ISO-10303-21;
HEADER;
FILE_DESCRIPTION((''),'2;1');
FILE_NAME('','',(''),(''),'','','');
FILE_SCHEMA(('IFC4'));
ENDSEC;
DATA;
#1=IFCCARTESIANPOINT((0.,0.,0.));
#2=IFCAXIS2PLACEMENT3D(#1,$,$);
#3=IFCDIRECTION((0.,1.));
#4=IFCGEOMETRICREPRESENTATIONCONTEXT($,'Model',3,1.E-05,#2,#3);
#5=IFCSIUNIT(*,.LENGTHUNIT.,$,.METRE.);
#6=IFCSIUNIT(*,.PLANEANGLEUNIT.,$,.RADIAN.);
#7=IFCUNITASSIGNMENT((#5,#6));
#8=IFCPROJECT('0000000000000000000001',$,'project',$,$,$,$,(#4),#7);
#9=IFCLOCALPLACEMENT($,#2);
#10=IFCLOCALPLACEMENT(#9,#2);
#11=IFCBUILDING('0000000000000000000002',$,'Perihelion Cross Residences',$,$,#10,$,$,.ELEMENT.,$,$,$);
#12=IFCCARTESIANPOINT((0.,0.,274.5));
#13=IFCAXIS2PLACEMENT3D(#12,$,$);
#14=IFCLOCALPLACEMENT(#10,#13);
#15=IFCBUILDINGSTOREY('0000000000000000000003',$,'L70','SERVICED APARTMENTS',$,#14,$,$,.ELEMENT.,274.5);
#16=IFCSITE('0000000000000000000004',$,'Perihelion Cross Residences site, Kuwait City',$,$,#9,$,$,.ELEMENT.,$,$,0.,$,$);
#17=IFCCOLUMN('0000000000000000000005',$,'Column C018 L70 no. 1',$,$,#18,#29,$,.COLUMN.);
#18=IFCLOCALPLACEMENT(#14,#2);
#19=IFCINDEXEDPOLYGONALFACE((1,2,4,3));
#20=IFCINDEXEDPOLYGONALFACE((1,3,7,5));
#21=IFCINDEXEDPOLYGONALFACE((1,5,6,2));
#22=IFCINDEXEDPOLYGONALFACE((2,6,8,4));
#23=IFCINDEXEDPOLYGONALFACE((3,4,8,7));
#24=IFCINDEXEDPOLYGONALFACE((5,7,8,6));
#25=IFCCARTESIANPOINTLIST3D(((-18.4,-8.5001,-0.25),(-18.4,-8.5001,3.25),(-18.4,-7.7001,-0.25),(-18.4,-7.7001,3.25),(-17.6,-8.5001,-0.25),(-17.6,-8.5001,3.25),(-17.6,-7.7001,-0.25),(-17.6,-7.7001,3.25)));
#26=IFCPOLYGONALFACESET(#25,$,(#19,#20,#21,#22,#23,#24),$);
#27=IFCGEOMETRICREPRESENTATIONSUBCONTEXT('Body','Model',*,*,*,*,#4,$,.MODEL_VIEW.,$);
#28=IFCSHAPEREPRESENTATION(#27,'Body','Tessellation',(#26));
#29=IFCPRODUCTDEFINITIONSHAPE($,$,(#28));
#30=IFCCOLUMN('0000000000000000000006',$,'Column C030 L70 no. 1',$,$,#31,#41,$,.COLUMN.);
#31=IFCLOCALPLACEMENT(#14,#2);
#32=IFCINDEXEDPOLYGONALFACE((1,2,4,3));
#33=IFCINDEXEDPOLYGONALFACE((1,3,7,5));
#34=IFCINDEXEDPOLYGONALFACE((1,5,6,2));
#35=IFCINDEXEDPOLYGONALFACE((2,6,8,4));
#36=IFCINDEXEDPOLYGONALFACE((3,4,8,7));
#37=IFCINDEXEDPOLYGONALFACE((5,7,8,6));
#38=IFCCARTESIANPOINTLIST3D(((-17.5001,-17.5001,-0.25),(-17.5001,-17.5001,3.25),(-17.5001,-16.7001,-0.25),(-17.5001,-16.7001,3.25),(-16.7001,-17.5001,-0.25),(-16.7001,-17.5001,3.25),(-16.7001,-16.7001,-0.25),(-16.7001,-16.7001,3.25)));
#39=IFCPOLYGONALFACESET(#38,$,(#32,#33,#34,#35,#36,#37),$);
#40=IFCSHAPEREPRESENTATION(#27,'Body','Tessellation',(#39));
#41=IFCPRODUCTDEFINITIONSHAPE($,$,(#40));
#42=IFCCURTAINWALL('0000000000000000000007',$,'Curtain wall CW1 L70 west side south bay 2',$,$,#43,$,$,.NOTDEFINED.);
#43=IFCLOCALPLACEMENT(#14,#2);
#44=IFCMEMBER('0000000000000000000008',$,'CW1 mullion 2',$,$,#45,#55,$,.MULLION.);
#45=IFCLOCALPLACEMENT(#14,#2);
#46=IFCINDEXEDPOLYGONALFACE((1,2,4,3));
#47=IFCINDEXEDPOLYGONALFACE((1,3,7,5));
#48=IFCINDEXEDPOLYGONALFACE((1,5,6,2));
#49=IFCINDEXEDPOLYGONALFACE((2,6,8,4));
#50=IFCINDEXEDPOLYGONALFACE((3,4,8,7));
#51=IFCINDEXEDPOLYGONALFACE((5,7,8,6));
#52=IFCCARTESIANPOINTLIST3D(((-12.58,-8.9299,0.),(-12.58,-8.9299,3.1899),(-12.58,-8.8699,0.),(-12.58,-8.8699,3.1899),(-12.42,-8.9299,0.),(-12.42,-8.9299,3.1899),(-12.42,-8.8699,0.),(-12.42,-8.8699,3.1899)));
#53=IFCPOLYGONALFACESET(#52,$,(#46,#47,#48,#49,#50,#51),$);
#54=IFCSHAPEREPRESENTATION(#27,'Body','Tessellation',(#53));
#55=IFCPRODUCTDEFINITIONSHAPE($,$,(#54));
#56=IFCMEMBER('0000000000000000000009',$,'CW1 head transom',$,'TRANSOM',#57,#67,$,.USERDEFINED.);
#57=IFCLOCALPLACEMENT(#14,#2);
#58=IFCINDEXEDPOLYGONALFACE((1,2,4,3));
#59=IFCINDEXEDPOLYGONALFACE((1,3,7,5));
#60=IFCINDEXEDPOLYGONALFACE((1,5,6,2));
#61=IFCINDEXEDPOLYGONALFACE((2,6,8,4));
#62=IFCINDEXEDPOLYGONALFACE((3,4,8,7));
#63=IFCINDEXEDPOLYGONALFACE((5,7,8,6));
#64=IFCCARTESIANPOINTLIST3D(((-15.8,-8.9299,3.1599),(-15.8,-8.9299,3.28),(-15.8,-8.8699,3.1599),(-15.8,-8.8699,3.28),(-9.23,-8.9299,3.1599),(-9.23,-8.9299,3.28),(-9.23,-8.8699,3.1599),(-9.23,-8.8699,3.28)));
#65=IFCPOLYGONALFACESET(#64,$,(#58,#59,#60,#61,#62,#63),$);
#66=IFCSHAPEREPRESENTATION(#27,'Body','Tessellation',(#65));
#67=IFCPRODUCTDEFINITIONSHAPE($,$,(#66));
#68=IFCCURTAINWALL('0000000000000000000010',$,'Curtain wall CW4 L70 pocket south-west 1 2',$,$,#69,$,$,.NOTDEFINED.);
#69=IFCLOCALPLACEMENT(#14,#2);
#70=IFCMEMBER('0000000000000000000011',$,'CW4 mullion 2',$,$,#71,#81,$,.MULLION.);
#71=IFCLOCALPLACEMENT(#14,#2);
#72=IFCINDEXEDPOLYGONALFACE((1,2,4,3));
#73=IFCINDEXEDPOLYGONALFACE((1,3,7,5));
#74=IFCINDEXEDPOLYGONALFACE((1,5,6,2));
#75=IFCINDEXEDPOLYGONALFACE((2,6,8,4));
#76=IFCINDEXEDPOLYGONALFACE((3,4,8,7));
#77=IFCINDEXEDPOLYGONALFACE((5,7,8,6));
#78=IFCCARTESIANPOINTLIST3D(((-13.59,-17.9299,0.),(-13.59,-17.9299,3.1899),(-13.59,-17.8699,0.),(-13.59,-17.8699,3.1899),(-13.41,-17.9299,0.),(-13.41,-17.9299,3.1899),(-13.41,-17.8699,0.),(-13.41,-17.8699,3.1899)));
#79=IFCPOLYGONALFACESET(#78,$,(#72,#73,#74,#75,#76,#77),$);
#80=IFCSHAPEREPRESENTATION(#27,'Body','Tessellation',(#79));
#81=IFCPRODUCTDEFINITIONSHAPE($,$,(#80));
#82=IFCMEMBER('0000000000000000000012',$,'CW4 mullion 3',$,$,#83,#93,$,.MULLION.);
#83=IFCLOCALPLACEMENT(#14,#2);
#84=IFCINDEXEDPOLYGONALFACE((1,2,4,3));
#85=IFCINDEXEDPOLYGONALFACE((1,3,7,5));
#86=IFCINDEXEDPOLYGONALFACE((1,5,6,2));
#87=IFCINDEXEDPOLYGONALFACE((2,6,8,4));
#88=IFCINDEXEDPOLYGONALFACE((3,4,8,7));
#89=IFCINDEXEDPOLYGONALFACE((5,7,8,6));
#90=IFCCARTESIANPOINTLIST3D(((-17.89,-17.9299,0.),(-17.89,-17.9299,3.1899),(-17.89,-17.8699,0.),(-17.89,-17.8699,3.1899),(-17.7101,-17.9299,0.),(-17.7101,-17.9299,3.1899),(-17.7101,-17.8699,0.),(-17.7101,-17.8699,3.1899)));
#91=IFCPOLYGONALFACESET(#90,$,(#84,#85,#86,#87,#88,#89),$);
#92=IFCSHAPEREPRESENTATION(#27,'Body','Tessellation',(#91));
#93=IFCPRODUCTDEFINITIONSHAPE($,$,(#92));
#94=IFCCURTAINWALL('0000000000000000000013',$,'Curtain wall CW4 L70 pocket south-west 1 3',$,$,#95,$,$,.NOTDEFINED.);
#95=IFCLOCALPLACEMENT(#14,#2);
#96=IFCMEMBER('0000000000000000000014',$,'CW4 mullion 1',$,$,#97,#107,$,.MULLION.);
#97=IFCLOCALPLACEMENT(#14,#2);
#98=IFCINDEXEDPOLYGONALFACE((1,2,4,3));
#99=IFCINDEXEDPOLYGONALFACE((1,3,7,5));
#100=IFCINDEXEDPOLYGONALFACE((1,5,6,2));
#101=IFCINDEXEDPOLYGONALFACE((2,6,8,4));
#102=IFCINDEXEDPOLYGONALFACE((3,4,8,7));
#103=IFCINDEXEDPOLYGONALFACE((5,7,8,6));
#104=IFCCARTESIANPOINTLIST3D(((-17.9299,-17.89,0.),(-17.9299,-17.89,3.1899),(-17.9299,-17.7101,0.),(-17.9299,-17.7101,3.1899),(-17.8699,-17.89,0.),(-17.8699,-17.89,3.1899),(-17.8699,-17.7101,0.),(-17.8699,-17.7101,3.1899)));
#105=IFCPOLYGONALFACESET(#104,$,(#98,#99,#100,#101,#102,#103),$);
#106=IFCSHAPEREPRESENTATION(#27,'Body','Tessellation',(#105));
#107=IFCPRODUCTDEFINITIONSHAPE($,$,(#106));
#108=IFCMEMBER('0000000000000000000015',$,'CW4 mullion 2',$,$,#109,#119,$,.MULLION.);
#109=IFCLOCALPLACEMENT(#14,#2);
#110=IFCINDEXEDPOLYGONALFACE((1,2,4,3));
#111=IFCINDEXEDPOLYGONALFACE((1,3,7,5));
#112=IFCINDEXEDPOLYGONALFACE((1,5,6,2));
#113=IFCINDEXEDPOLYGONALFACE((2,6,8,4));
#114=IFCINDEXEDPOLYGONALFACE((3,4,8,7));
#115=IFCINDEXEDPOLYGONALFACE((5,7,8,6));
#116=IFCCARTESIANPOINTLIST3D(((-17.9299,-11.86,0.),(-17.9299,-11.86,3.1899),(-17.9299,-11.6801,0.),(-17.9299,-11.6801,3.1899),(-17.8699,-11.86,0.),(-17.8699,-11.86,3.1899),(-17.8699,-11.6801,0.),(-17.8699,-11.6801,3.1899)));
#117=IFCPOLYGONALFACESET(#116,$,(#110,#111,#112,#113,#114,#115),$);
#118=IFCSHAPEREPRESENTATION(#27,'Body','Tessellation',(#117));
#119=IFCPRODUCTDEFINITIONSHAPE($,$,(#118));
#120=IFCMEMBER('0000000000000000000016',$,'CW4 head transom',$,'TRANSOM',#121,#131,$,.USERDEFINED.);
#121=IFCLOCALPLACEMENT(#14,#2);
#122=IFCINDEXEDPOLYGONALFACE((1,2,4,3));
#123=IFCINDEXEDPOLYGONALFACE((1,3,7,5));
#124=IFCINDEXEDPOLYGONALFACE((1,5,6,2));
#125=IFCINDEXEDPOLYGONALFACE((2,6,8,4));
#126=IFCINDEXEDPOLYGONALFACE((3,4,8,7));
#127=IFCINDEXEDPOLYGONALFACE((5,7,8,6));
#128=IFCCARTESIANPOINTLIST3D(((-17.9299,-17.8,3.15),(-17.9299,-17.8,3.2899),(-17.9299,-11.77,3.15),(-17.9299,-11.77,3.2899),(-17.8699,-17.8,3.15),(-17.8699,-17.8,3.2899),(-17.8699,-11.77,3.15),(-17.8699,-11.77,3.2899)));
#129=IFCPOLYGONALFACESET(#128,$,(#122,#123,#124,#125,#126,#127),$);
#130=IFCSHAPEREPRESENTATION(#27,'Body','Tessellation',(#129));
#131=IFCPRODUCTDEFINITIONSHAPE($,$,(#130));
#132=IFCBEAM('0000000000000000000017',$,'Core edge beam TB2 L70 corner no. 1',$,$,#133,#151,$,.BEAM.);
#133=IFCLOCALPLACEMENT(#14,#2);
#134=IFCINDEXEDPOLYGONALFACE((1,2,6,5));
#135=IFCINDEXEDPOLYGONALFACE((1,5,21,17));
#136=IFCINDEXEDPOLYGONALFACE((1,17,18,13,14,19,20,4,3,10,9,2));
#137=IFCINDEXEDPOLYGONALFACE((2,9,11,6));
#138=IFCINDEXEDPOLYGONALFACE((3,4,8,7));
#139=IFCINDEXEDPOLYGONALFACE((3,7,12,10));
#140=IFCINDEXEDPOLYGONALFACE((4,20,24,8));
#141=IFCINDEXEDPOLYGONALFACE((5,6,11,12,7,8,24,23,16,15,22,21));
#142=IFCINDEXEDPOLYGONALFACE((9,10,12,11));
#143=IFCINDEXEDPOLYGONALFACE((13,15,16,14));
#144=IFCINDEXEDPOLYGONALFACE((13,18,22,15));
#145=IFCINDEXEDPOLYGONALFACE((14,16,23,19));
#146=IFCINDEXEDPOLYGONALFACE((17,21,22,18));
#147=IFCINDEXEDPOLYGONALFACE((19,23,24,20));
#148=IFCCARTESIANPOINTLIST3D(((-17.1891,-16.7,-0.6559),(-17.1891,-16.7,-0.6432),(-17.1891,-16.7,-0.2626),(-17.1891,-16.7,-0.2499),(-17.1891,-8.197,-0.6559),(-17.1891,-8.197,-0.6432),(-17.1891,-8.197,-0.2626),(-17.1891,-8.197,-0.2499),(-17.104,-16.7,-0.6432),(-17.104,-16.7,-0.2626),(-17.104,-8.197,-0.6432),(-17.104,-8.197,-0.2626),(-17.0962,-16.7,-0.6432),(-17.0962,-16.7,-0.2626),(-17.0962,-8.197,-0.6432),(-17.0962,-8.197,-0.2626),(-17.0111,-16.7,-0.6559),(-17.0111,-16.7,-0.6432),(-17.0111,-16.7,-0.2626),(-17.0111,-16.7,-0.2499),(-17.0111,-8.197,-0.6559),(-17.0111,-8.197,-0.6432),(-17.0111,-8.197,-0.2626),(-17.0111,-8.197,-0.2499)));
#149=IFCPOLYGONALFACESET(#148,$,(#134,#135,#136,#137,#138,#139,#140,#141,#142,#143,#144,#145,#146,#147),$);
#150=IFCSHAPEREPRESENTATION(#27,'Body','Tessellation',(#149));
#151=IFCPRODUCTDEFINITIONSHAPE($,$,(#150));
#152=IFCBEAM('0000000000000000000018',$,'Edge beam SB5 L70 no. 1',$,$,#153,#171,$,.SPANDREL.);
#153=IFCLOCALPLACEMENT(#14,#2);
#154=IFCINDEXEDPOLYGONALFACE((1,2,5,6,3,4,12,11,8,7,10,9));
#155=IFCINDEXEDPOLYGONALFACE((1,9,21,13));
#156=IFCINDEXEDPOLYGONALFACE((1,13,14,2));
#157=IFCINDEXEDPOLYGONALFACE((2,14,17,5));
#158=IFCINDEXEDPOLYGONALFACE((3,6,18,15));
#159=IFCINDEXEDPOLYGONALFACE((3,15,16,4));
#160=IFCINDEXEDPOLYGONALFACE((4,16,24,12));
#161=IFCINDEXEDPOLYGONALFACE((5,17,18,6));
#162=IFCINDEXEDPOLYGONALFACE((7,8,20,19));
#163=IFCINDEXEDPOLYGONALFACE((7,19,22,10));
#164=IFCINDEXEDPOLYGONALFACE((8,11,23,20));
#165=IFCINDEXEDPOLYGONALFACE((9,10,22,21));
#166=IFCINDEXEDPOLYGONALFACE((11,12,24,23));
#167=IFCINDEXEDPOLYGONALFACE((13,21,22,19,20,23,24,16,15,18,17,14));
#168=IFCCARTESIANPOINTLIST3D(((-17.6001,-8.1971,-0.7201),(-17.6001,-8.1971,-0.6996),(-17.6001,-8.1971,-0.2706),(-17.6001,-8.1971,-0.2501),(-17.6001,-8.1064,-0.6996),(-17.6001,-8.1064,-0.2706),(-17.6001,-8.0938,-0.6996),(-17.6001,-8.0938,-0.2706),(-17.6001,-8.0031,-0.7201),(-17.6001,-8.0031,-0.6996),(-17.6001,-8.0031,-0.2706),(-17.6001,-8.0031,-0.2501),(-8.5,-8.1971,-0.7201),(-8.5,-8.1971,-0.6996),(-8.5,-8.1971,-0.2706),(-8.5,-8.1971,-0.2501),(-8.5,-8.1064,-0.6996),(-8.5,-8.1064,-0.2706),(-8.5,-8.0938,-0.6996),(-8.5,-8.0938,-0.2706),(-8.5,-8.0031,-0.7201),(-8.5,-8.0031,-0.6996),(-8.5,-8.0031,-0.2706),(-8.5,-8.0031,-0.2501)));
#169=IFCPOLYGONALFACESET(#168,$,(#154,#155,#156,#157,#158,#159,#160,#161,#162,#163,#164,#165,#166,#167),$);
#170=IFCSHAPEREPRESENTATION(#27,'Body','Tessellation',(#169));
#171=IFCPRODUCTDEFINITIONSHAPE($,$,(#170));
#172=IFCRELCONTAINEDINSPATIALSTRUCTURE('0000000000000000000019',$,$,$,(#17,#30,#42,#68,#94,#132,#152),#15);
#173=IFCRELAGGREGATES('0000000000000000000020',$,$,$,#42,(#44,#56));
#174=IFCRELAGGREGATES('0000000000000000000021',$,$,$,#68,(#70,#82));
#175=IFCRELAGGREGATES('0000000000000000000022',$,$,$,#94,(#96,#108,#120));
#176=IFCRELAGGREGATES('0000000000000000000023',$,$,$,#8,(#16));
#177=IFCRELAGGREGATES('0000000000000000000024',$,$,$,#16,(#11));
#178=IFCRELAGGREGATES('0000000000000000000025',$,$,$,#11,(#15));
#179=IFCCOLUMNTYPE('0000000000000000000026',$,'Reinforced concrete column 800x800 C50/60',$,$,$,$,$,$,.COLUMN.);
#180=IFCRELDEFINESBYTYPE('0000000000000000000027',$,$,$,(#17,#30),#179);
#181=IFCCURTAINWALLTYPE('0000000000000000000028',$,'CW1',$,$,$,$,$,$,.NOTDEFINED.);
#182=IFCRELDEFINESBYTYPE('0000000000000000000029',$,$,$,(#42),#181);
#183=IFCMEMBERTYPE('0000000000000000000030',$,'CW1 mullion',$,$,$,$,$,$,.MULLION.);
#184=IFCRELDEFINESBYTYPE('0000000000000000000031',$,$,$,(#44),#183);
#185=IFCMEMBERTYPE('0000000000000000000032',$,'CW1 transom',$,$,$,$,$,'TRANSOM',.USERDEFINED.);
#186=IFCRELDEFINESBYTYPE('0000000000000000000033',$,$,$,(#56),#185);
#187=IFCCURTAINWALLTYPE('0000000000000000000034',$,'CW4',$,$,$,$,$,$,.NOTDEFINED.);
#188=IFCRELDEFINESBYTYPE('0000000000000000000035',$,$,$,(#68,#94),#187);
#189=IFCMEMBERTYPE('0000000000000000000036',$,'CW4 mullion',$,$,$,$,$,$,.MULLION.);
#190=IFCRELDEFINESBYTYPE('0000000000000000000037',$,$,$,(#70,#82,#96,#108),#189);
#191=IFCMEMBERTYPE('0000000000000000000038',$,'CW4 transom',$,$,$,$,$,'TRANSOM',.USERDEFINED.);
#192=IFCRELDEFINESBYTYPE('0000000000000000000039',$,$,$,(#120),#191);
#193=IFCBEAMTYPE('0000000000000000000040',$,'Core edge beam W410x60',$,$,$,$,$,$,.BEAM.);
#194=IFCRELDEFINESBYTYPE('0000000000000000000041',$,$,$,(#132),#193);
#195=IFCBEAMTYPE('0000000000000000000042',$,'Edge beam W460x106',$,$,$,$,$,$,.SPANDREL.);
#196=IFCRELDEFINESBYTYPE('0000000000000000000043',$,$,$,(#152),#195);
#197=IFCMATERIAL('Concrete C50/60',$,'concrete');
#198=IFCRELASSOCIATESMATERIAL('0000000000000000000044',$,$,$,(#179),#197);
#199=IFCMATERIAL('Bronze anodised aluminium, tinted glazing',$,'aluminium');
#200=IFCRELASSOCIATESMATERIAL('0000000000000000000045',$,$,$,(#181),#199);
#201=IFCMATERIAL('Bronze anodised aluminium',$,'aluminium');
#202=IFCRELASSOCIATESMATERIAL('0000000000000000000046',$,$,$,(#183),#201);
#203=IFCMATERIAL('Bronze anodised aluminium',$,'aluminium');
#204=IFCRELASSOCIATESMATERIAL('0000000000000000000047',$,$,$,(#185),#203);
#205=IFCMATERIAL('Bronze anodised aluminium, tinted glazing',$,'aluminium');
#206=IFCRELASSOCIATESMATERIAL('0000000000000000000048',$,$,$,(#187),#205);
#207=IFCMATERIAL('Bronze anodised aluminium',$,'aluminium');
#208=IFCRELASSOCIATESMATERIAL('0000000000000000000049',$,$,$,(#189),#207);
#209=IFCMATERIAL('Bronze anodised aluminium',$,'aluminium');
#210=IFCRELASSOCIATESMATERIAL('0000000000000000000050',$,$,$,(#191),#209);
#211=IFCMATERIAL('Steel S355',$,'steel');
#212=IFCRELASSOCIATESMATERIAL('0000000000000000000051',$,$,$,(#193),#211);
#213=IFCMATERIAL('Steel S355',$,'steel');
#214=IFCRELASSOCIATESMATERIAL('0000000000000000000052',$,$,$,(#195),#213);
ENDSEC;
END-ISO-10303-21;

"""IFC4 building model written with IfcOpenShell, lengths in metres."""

from ifc_helpers import new_model, si_unit, direction, frame, origin, origin_2d, place, context, subcontext, project, spatial, rectangle, i_section, extrude, material, material_profile, profile_set, type_object, element, aggregate, save


model = new_model("IFC4")

# Units and contexts
model_context = context("Model", 3, precision=1e-05, world=origin(), true_north=direction((0.0, 1.0)))
body_context = subcontext(model_context, "Body", "Model", "MODEL_VIEW")
ifc_project = project(units=[si_unit("LENGTHUNIT", "METRE"), si_unit("PLANEANGLEUNIT", "RADIAN")], contexts=[model_context])

# Site, building, storey
site_placement = place(None, origin())
site = spatial("IfcSite", under=ifc_project, at=site_placement, Name="Perihelion Cross Residences site, Kuwait City", CompositionType="ELEMENT", RefElevation=0.0)
building_placement = place(site_placement, origin())
building = spatial("IfcBuilding", under=site, at=building_placement, Name="Perihelion Cross Residences", CompositionType="ELEMENT")
storey_placement = place(building_placement, frame((0.0, 0.0, 274.5)))
storey = spatial("IfcBuildingStorey", under=building, at=storey_placement, Name="L70", Description="SERVICED APARTMENTS", CompositionType="ELEMENT", Elevation=274.5)

# Columns
ifc_material_1 = material(Name="Concrete C50/60", Category="concrete")
ifc_material_profile_1 = material_profile(ifc_material_1, rectangle(XDim=0.8, YDim=0.8, at=origin_2d()), Name="RC 800x800")
ifc_profile_set_1 = profile_set([ifc_material_profile_1], Name="Concrete C50/60")
column_type = type_object("IfcColumnType", Name="Reinforced concrete column 800x800 C50/60", PredefinedType="COLUMN", material=ifc_profile_set_1)
for number, where, z_axis, x_axis, name in (
    (1, (-18.0, -8.1001, -0.25), (0.0, 0.0, 1.0), (1.0, 0.0, 0.0), "Column C018 L70 no. 1"),
    (2, (-17.1001, -17.1001, -0.25), (0.0, 0.0, 1.0), (1.0, 0.0, 0.0), "Column C030 L70 no. 1"),
):
    element("IfcColumn", number, at=place(storey_placement, frame(where, z_axis=z_axis, x_axis=x_axis)), inside=storey, type_object=column_type, Name=name, PredefinedType="COLUMN", context=body_context, shape_type="SweptSolid", body=[
        extrude(rectangle(XDim=0.8, YDim=0.8, at=origin_2d()), origin(), (0.0, 0.0, 1.0), 3.5),
    ])

# Curtain walls, members
ifc_material_2 = material(Name="Bronze anodised aluminium, tinted glazing", Category="aluminium")
curtain_wall_type_1 = type_object("IfcCurtainWallType", Name="CW1", PredefinedType="NOTDEFINED", material=ifc_material_2)
curtain_wall_1_placement = place(storey_placement, origin())
curtain_wall_1 = element("IfcCurtainWall", 3, at=curtain_wall_1_placement, inside=storey, type_object=curtain_wall_type_1, Name="Curtain wall CW1 L70 west side south bay 2", PredefinedType="NOTDEFINED")
ifc_material_3 = material(Name="Bronze anodised aluminium", Category="aluminium")
ifc_material_profile_2 = material_profile(ifc_material_3, rectangle(XDim=0.0601, YDim=0.1599, at=origin_2d()), Name="CW1 mullion")
ifc_profile_set_2 = profile_set([ifc_material_profile_2], Name="Bronze anodised aluminium")
member_type_1 = type_object("IfcMemberType", Name="CW1 mullion", PredefinedType="MULLION", material=ifc_profile_set_2)
member_1_placement = place(storey_placement, frame((-12.5, -8.8999, 0.0), z_axis=(0.0, 0.0, 1.0), x_axis=(0.0, 1.0, 0.0)))
member_1 = element("IfcMember", 4, at=member_1_placement, type_object=member_type_1, Name="CW1 mullion 2", PredefinedType="MULLION", context=body_context, shape_type="SweptSolid", body=[
    extrude(rectangle(XDim=0.0601, YDim=0.1599, at=origin_2d()), origin(), (0.0, 0.0, 1.0), 3.1899),
])
ifc_material_4 = material(Name="Bronze anodised aluminium", Category="aluminium")
ifc_material_profile_3 = material_profile(ifc_material_4, rectangle(XDim=0.0601, YDim=0.1201, at=origin_2d()), Name="CW1 transom")
ifc_profile_set_3 = profile_set([ifc_material_profile_3], Name="Bronze anodised aluminium")
member_type_2 = type_object("IfcMemberType", Name="CW1 transom", ElementType="TRANSOM", PredefinedType="USERDEFINED", material=ifc_profile_set_3)
member_2_placement = place(storey_placement, frame((-15.8, -8.8999, 3.22), z_axis=(1.0, 0.0, 0.0), x_axis=(0.0, 1.0, 0.0)))
member_2 = element("IfcMember", 5, at=member_2_placement, type_object=member_type_2, Name="CW1 head transom", ObjectType="TRANSOM", PredefinedType="USERDEFINED", context=body_context, shape_type="SweptSolid", body=[
    extrude(rectangle(XDim=0.0601, YDim=0.1201, at=origin_2d()), origin(), (0.0, 0.0, 1.0), 6.5701),
])
ifc_material_5 = material(Name="Bronze anodised aluminium, tinted glazing", Category="aluminium")
curtain_wall_type_2 = type_object("IfcCurtainWallType", Name="CW4", PredefinedType="NOTDEFINED", material=ifc_material_5)
curtain_wall_2_placement = place(storey_placement, origin())
curtain_wall_2 = element("IfcCurtainWall", 6, at=curtain_wall_2_placement, inside=storey, type_object=curtain_wall_type_2, Name="Curtain wall CW4 L70 pocket south-west 1 2", PredefinedType="NOTDEFINED")
ifc_material_6 = material(Name="Bronze anodised aluminium", Category="aluminium")
ifc_material_profile_4 = material_profile(ifc_material_6, rectangle(XDim=0.0601, YDim=0.1799, at=origin_2d()), Name="CW4 mullion")
ifc_profile_set_4 = profile_set([ifc_material_profile_4], Name="Bronze anodised aluminium")
member_type_3 = type_object("IfcMemberType", Name="CW4 mullion", PredefinedType="MULLION", material=ifc_profile_set_4)
member_3_placement = place(storey_placement, frame((-13.5, -17.8999, 0.0), z_axis=(0.0, 0.0, 1.0), x_axis=(0.0, -1.0, 0.0)))
member_3 = element("IfcMember", 7, at=member_3_placement, type_object=member_type_3, Name="CW4 mullion 2", PredefinedType="MULLION", context=body_context, shape_type="SweptSolid", body=[
    extrude(rectangle(XDim=0.0601, YDim=0.1799, at=origin_2d()), origin(), (0.0, 0.0, 1.0), 3.1899),
])
member_4_placement = place(storey_placement, frame((-17.8, -17.8999, 0.0), z_axis=(0.0, 0.0, 1.0), x_axis=(0.0, -1.0, 0.0)))
member_4 = element("IfcMember", 8, at=member_4_placement, type_object=member_type_3, Name="CW4 mullion 3", PredefinedType="MULLION", context=body_context, shape_type="SweptSolid", body=[
    extrude(rectangle(XDim=0.0601, YDim=0.1799, at=origin_2d()), origin(), (0.0, 0.0, 1.0), 3.1899),
])
curtain_wall_3_placement = place(storey_placement, origin())
curtain_wall_3 = element("IfcCurtainWall", 9, at=curtain_wall_3_placement, inside=storey, type_object=curtain_wall_type_2, Name="Curtain wall CW4 L70 pocket south-west 1 3", PredefinedType="NOTDEFINED")
member_5_placement = place(storey_placement, frame((-17.8999, -17.8, 0.0), z_axis=(0.0, 0.0, 1.0), x_axis=(-1.0, 0.0, 0.0)))
member_5 = element("IfcMember", 10, at=member_5_placement, type_object=member_type_3, Name="CW4 mullion 1", PredefinedType="MULLION", context=body_context, shape_type="SweptSolid", body=[
    extrude(rectangle(XDim=0.0601, YDim=0.1799, at=origin_2d()), origin(), (0.0, 0.0, 1.0), 3.1899),
])
member_6_placement = place(storey_placement, frame((-17.8999, -11.77, 0.0), z_axis=(0.0, 0.0, 1.0), x_axis=(-1.0, 0.0, 0.0)))
member_6 = element("IfcMember", 11, at=member_6_placement, type_object=member_type_3, Name="CW4 mullion 2", PredefinedType="MULLION", context=body_context, shape_type="SweptSolid", body=[
    extrude(rectangle(XDim=0.0601, YDim=0.1799, at=origin_2d()), origin(), (0.0, 0.0, 1.0), 3.1899),
])
ifc_material_7 = material(Name="Bronze anodised aluminium", Category="aluminium")
ifc_material_profile_5 = material_profile(ifc_material_7, rectangle(XDim=0.0601, YDim=0.1399, at=origin_2d()), Name="CW4 transom")
ifc_profile_set_5 = profile_set([ifc_material_profile_5], Name="Bronze anodised aluminium")
member_type_4 = type_object("IfcMemberType", Name="CW4 transom", ElementType="TRANSOM", PredefinedType="USERDEFINED", material=ifc_profile_set_5)
member_7_placement = place(storey_placement, frame((-17.8999, -17.8, 3.22), z_axis=(0.0, 1.0, 0.0), x_axis=(-1.0, 0.0, 0.0)))
member_7 = element("IfcMember", 12, at=member_7_placement, type_object=member_type_4, Name="CW4 head transom", ObjectType="TRANSOM", PredefinedType="USERDEFINED", context=body_context, shape_type="SweptSolid", body=[
    extrude(rectangle(XDim=0.0601, YDim=0.1399, at=origin_2d()), origin(), (0.0, 0.0, 1.0), 6.03),
])

# Beams
ifc_material_8 = material(Name="Steel S355", Category="steel")
ifc_material_profile_6 = material_profile(ifc_material_8, i_section(OverallWidth=0.178, OverallDepth=0.406, WebThickness=0.0078, FlangeThickness=0.0127, at=origin_2d()), Name="W410x60")
ifc_profile_set_6 = profile_set([ifc_material_profile_6], Name="Steel S355")
beam_type_1 = type_object("IfcBeamType", Name="Core edge beam W410x60", PredefinedType="BEAM", material=ifc_profile_set_6)
beam_1_placement = place(storey_placement, frame((-17.1001, -8.197, -0.4529), z_axis=(0.0, -1.0, 0.0), x_axis=(1.0, 0.0, 0.0)))
element("IfcBeam", 13, at=beam_1_placement, inside=storey, type_object=beam_type_1, Name="Core edge beam TB2 L70 corner no. 1", PredefinedType="BEAM", context=body_context, shape_type="SweptSolid", body=[
    extrude(i_section(OverallWidth=0.178, OverallDepth=0.406, WebThickness=0.0078, FlangeThickness=0.0127, at=origin_2d()), origin(), (0.0, 0.0, 1.0), 8.5029),
])
ifc_material_9 = material(Name="Steel S355", Category="steel")
ifc_material_profile_7 = material_profile(ifc_material_9, i_section(OverallWidth=0.1941, OverallDepth=0.47, WebThickness=0.0127, FlangeThickness=0.0205, at=origin_2d()), Name="W460x106")
ifc_profile_set_7 = profile_set([ifc_material_profile_7], Name="Steel S355")
beam_type_2 = type_object("IfcBeamType", Name="Edge beam W460x106", PredefinedType="SPANDREL", material=ifc_profile_set_7)
beam_2_placement = place(storey_placement, frame((-17.6001, -8.1001, -0.4851), z_axis=(1.0, 0.0, 0.0), x_axis=(0.0, 1.0, 0.0)))
element("IfcBeam", 14, at=beam_2_placement, inside=storey, type_object=beam_type_2, Name="Edge beam SB5 L70 no. 1", PredefinedType="SPANDREL", context=body_context, shape_type="SweptSolid", body=[
    extrude(i_section(OverallWidth=0.1941, OverallDepth=0.47, WebThickness=0.0127, FlangeThickness=0.0205, at=origin_2d()), origin(), (0.0, 0.0, 1.0), 9.1001),
])

aggregate(curtain_wall_1, [member_1, member_2])
aggregate(curtain_wall_2, [member_3, member_4])
aggregate(curtain_wall_3, [member_5, member_6, member_7])

save(model, "model.ifc")
